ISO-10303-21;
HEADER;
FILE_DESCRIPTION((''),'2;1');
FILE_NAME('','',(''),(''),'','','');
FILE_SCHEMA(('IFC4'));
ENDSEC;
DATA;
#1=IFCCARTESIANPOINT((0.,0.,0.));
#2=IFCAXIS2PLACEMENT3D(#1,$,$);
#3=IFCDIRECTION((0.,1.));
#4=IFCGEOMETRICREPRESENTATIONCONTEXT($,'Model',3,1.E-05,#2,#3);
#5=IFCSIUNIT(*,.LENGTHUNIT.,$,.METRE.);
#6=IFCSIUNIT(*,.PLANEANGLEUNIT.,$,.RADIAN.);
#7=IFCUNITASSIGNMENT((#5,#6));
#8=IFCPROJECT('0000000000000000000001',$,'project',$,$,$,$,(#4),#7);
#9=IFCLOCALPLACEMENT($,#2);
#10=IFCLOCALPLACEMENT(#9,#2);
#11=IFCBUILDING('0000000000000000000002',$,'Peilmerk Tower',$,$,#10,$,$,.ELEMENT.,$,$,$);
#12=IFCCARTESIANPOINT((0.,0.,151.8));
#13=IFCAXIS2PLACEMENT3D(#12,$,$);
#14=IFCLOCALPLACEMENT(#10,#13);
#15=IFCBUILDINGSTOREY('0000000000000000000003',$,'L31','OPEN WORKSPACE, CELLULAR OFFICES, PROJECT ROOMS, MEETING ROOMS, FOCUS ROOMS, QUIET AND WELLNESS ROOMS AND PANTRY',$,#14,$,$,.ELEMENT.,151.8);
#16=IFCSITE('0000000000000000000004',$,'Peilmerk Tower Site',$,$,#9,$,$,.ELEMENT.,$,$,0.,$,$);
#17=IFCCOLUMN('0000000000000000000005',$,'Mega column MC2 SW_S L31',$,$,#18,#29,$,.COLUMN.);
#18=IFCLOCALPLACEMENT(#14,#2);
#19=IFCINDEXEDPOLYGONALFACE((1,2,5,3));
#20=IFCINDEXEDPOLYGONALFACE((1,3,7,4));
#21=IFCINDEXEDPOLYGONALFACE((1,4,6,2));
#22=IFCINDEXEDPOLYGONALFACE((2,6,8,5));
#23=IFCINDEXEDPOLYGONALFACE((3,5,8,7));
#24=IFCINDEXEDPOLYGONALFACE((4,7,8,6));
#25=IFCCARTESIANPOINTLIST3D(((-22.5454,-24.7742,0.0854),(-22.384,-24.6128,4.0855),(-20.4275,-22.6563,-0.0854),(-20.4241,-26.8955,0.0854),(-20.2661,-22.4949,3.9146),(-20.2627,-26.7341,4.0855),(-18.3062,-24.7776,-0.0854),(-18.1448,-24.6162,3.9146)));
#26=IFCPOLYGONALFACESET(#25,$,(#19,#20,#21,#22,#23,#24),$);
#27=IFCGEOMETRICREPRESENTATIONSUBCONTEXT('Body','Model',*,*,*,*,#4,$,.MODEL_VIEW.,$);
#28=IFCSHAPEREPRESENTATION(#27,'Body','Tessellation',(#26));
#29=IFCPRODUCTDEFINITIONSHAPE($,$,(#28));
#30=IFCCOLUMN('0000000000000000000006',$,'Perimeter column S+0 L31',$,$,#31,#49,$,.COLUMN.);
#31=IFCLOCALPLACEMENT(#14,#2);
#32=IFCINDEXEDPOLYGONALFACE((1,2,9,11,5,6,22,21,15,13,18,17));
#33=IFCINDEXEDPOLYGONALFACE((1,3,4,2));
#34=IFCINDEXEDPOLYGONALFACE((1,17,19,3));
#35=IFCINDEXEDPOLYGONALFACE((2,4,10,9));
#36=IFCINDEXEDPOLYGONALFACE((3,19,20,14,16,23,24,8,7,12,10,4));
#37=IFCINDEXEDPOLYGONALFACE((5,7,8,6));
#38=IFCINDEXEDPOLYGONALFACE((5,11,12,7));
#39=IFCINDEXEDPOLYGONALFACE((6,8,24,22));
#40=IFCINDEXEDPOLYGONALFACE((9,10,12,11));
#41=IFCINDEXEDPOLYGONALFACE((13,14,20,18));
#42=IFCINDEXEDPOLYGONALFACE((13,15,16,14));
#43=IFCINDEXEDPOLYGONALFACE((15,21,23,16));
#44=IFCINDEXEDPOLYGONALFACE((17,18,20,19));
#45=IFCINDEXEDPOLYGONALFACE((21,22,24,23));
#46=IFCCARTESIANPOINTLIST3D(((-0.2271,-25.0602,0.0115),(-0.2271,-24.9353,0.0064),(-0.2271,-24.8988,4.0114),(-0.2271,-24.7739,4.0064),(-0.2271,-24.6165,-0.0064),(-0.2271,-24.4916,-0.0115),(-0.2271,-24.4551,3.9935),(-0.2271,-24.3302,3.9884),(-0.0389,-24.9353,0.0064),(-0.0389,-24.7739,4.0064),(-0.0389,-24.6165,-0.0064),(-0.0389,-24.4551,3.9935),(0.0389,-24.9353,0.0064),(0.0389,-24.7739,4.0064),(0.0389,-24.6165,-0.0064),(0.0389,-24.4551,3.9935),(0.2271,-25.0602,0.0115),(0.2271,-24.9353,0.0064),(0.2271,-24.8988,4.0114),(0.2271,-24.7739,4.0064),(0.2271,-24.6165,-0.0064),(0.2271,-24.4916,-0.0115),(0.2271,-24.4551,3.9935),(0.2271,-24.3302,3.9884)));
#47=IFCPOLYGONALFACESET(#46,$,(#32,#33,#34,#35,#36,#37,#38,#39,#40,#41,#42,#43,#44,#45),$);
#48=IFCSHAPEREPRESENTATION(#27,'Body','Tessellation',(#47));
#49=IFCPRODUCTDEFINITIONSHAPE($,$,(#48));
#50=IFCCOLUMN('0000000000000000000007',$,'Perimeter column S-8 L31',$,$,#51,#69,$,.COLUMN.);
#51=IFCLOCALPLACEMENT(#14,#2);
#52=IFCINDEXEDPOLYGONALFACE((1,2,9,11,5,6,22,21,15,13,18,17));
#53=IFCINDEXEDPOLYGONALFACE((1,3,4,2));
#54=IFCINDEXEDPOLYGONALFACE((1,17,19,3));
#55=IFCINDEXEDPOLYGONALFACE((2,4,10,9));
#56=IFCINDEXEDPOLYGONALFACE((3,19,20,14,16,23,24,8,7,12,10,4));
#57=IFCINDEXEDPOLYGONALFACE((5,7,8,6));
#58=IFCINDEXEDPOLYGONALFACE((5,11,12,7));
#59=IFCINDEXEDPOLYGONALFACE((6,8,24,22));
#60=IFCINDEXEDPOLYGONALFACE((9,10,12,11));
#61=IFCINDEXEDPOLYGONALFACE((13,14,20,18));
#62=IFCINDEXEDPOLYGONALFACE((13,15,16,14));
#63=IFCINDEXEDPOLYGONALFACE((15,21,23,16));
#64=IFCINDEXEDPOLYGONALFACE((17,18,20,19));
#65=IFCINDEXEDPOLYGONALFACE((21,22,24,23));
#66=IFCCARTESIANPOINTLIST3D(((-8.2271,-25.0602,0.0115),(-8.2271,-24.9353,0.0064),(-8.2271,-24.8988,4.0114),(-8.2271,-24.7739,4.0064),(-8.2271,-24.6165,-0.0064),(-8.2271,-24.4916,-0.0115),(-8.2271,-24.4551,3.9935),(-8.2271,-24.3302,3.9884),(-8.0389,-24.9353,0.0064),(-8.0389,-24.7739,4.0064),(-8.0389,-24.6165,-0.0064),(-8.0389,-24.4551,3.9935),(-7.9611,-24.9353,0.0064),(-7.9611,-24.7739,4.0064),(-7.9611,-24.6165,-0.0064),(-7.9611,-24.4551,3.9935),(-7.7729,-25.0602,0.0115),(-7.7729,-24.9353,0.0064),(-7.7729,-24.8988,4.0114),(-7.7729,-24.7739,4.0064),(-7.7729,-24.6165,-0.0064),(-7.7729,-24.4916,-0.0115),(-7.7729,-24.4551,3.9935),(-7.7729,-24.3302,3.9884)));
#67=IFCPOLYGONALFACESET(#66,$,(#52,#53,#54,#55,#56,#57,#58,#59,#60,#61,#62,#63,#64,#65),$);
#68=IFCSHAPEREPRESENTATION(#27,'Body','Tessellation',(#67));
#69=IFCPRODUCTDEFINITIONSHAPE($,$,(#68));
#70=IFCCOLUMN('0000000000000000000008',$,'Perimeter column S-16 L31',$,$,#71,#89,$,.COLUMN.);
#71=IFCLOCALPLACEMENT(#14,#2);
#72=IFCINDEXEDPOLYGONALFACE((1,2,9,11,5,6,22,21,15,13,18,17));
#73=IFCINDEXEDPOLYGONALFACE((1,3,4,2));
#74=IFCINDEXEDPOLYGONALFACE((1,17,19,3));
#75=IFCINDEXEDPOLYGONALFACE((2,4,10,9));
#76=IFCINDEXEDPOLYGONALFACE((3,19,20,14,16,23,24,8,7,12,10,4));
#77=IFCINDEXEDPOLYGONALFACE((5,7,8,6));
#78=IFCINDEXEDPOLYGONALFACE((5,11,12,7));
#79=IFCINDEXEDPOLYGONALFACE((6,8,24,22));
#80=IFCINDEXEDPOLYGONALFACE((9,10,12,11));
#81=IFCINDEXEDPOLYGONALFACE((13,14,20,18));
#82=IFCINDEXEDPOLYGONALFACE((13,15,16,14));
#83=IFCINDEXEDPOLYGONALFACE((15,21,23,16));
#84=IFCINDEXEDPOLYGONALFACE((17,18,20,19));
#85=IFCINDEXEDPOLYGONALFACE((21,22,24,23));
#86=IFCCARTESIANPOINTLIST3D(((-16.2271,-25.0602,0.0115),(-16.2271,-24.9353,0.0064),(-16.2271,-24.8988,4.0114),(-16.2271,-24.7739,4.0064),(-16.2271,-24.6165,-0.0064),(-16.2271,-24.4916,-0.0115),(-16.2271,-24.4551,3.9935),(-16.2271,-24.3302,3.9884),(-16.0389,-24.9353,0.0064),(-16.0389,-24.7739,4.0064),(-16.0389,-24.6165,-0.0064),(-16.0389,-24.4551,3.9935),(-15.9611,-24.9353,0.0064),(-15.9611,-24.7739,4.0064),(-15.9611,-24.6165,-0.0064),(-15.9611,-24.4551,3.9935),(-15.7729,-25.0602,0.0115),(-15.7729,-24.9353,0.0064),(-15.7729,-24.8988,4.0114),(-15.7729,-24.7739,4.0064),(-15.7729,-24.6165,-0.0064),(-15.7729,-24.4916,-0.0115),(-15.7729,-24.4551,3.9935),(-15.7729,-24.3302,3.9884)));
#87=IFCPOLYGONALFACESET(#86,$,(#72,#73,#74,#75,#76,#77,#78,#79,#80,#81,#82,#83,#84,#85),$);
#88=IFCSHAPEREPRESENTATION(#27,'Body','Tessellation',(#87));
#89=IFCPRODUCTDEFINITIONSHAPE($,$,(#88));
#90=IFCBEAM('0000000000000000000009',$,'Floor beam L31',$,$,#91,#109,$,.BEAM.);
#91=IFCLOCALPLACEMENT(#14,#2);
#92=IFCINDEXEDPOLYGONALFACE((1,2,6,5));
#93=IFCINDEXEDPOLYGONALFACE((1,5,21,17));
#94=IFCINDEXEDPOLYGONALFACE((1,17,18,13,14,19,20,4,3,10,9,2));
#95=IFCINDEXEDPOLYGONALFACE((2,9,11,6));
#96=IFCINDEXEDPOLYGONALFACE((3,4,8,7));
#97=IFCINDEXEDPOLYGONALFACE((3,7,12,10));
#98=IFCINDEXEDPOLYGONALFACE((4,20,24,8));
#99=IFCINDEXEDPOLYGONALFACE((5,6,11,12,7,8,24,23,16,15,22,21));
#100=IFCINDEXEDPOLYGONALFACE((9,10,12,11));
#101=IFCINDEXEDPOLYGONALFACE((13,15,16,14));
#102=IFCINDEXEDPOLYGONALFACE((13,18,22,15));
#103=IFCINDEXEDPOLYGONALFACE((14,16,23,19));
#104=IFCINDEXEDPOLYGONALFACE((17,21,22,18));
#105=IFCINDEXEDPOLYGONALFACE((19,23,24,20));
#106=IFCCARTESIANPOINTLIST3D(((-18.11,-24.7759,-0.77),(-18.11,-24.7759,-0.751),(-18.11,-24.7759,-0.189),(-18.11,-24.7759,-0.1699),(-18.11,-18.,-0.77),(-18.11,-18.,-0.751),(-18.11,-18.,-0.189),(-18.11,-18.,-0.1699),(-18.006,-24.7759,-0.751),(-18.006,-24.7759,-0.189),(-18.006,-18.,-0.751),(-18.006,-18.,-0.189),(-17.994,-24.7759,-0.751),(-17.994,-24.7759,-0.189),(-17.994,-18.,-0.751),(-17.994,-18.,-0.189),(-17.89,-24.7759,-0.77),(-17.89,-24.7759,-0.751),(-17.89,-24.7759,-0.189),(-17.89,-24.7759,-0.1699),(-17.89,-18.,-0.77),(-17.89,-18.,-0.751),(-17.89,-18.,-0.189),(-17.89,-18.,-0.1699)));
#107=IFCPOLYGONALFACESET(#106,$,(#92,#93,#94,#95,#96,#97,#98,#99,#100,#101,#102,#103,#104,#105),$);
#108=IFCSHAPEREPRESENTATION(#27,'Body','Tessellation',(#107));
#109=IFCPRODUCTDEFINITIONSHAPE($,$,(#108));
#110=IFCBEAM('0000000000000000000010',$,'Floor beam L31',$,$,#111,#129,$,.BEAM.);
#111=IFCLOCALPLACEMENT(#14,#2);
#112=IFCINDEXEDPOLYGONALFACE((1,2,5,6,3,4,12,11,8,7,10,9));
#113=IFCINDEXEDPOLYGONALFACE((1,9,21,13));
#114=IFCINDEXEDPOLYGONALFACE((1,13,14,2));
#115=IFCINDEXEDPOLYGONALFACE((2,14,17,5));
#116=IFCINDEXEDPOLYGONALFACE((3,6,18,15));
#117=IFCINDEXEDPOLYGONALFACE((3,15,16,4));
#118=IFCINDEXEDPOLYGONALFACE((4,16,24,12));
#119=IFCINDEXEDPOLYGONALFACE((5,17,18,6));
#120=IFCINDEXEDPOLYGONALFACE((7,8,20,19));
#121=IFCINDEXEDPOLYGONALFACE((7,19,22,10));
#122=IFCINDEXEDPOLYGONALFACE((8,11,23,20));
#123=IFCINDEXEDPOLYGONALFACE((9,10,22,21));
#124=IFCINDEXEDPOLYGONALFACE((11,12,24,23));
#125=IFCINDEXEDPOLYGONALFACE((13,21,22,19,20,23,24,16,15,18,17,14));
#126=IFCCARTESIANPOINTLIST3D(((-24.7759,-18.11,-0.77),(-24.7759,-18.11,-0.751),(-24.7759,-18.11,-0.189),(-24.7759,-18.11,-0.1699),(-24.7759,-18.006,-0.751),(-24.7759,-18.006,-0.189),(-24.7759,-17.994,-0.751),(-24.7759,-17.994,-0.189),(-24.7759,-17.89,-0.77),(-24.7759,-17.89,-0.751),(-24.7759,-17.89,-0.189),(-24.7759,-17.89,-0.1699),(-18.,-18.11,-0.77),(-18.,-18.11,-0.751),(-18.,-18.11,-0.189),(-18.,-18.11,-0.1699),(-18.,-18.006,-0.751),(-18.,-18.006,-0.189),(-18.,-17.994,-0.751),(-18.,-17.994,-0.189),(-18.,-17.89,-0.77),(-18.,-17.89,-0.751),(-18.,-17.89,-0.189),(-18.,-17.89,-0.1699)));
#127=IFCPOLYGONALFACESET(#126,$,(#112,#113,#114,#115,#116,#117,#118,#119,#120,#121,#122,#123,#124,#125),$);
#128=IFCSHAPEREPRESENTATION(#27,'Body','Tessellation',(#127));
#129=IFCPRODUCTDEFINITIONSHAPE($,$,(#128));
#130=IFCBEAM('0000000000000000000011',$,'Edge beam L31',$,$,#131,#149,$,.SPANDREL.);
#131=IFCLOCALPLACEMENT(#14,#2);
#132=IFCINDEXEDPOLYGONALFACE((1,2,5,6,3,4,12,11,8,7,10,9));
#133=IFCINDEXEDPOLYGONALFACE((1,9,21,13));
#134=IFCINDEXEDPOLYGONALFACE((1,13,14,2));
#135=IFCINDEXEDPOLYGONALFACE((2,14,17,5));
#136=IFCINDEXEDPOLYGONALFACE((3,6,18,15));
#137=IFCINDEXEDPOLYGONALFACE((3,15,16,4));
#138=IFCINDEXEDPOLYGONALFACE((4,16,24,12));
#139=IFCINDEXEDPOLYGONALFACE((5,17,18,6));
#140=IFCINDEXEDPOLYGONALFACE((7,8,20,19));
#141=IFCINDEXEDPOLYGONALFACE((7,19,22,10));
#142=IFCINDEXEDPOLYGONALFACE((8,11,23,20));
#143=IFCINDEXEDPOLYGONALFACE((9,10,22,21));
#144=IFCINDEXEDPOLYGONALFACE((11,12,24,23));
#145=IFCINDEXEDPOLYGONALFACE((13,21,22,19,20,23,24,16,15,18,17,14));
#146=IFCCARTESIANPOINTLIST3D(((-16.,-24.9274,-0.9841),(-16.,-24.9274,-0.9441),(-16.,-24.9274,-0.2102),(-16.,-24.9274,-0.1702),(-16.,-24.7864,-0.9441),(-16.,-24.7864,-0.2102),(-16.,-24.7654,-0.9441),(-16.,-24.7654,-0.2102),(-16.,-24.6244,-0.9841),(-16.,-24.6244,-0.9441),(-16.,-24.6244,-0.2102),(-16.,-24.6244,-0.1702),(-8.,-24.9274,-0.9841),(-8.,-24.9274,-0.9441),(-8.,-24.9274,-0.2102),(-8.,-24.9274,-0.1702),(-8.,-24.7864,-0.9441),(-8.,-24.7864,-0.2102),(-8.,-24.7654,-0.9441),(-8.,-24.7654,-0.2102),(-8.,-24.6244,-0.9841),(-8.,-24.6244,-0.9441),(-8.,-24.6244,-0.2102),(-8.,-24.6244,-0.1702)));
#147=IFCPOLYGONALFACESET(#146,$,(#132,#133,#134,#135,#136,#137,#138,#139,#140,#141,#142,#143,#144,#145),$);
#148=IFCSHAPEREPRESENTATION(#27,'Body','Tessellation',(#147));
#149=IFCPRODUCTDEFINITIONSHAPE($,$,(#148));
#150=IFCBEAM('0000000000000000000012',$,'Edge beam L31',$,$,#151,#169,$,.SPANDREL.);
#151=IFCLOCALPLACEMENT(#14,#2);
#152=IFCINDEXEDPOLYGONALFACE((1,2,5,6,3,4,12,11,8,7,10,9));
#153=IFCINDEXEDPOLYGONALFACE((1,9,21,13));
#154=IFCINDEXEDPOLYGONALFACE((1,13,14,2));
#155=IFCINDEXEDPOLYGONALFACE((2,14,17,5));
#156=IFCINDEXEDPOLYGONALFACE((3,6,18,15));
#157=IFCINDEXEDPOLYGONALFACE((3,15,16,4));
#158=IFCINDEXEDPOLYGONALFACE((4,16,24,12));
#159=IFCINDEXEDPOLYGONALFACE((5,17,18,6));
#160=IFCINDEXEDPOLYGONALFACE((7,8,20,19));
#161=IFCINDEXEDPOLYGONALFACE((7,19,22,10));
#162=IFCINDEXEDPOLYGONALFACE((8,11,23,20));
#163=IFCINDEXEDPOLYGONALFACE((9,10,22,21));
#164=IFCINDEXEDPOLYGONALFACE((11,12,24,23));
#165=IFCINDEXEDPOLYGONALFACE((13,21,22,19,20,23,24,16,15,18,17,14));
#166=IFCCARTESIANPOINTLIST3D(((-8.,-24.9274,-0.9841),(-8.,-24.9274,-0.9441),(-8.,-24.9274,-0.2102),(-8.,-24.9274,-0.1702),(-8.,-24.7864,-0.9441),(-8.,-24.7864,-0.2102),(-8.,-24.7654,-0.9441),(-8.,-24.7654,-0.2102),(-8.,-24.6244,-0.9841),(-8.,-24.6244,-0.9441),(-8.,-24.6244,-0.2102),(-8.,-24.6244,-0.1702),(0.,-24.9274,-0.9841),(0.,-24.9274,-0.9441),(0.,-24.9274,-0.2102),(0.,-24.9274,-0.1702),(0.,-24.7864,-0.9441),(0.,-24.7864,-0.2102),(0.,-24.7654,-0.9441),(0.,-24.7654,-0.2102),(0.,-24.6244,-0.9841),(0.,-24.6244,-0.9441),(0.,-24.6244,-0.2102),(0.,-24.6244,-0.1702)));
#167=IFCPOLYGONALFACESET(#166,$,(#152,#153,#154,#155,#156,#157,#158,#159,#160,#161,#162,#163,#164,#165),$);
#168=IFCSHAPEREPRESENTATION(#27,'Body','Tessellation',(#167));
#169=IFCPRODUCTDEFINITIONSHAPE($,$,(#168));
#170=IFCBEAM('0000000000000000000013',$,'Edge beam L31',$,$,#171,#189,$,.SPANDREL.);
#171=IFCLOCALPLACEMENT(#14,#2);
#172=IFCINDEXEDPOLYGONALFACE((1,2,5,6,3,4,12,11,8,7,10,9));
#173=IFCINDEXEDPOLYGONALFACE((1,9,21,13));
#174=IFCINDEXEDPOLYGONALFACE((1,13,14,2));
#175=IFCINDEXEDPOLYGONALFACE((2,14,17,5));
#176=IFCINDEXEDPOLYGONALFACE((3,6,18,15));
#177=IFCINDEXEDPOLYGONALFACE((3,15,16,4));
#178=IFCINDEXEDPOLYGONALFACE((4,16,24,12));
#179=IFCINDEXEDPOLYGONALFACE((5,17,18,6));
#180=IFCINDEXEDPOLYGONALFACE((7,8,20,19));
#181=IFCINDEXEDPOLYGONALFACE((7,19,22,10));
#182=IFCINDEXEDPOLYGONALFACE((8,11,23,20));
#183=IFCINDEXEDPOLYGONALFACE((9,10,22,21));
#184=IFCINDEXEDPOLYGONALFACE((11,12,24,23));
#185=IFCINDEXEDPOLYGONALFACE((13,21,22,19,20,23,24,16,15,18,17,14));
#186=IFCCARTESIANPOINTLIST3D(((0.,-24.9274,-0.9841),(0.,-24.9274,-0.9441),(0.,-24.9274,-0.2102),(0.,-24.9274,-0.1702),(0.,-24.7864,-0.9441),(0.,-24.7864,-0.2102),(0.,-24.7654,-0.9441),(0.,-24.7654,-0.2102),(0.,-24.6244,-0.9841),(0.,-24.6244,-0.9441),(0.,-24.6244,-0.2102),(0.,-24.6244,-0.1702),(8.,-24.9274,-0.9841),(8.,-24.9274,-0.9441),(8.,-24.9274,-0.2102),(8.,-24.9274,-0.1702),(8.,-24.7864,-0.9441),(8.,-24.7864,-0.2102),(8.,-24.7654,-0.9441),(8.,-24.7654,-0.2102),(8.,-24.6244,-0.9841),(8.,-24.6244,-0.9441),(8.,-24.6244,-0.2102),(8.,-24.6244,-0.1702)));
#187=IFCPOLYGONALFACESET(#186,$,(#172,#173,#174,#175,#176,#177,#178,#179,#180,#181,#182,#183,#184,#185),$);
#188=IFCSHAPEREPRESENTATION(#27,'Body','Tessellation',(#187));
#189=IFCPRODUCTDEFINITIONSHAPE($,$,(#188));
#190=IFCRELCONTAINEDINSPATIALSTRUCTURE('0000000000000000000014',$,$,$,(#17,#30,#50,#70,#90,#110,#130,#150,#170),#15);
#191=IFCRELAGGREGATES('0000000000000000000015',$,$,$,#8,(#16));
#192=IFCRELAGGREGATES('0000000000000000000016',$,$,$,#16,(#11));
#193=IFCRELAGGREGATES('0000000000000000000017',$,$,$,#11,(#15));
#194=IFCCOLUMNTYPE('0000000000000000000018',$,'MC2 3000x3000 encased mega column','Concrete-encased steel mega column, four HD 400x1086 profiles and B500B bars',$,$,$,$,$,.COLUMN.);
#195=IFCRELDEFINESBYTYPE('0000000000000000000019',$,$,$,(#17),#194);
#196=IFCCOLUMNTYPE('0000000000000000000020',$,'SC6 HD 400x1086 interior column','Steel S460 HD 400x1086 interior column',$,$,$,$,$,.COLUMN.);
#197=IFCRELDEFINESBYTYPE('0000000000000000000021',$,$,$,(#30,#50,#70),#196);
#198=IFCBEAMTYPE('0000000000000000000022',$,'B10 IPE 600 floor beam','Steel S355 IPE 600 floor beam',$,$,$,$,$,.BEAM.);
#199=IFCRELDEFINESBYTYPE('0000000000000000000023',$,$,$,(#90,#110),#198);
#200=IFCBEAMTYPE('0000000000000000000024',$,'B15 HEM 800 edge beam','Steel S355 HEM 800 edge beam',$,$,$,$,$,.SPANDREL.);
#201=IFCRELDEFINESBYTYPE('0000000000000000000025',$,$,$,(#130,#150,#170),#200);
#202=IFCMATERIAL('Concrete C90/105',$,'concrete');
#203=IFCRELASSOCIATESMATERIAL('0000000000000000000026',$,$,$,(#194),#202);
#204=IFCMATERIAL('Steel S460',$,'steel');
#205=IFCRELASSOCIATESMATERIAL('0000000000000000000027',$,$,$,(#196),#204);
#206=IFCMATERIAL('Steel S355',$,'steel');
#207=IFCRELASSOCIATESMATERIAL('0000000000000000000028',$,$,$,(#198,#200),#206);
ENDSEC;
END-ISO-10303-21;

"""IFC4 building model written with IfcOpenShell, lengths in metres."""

from ifc_helpers import new_model, si_unit, direction, frame, origin, origin_2d, place, context, subcontext, project, spatial, rectangle, i_section, extrude, material, material_profile, profile_set, type_object, element, save


model = new_model("IFC4")

# Units and contexts
model_context = context("Model", 3, precision=1e-05, world=origin(), true_north=direction((0.0, 1.0)))
body_context = subcontext(model_context, "Body", "Model", "MODEL_VIEW")
ifc_project = project(units=[si_unit("LENGTHUNIT", "METRE"), si_unit("PLANEANGLEUNIT", "RADIAN")], contexts=[model_context])

# Site, building, storey
site_placement = place(None, origin())
site = spatial("IfcSite", under=ifc_project, at=site_placement, Name="Peilmerk Tower Site", CompositionType="ELEMENT", RefElevation=0.0)
building_placement = place(site_placement, origin())
building = spatial("IfcBuilding", under=site, at=building_placement, Name="Peilmerk Tower", CompositionType="ELEMENT")
storey_placement = place(building_placement, frame((0.0, 0.0, 151.8)))
storey = spatial("IfcBuildingStorey", under=building, at=storey_placement, Name="L31", Description="OPEN WORKSPACE, CELLULAR OFFICES, PROJECT ROOMS, MEETING ROOMS, FOCUS ROOMS, QUIET AND WELLNESS ROOMS AND PANTRY", CompositionType="ELEMENT", Elevation=151.8)

# Columns
ifc_material_1 = material(Name="Concrete C90/105", Category="concrete")
ifc_material_profile_1 = material_profile(ifc_material_1, rectangle(XDim=3.0, YDim=3.0, at=origin_2d()), Name="RC 3000x3000")
ifc_profile_set_1 = profile_set([ifc_material_profile_1], Name="Concrete C90/105")
column_type_1 = type_object("IfcColumnType", Name="MC2 3000x3000 encased mega column", Description="Concrete-encased steel mega column, four HD 400x1086 profiles and B500B bars", PredefinedType="COLUMN", material=ifc_profile_set_1)
column_placement = place(storey_placement, frame((-20.4258, -24.7759, 0.0), z_axis=(0.040279, 0.040279, 0.998376), x_axis=(-0.707107, 0.707107, 0.0)))
element("IfcColumn", 1, at=column_placement, inside=storey, type_object=column_type_1, Name="Mega column MC2 SW_S L31", PredefinedType="COLUMN", context=body_context, shape_type="SweptSolid", body=[
    extrude(rectangle(XDim=3.0, YDim=3.0, at=origin_2d()), origin(), (0.0, 0.0, 1.0), 4.0066),
])
ifc_material_2 = material(Name="Steel S460", Category="steel")
ifc_material_profile_2 = material_profile(ifc_material_2, i_section(OverallWidth=0.4541, OverallDepth=0.5691, WebThickness=0.0779, FlangeThickness=0.125, at=origin_2d()), Name="HD 400x1086")
ifc_profile_set_2 = profile_set([ifc_material_profile_2], Name="Steel S460")
column_type_2 = type_object("IfcColumnType", Name="SC6 HD 400x1086 interior column", Description="Steel S460 HD 400x1086 interior column", PredefinedType="COLUMN", material=ifc_profile_set_2)
for number, where, z_axis, x_axis, name in (
    (2, (0.0, -24.7759, 0.0), (0.0, 0.040311, 0.999187), (-1.0, 0.0, 0.0), "Perimeter column S+0 L31"),
    (3, (-8.0, -24.7759, 0.0), (0.0, 0.040311, 0.999187), (-1.0, 0.0, 0.0), "Perimeter column S-8 L31"),
    (4, (-16.0, -24.7759, 0.0), (0.0, 0.040311, 0.999187), (-1.0, 0.0, 0.0), "Perimeter column S-16 L31"),
):
    element("IfcColumn", number, at=place(storey_placement, frame(where, z_axis=z_axis, x_axis=x_axis)), inside=storey, type_object=column_type_2, Name=name, PredefinedType="COLUMN", context=body_context, shape_type="SweptSolid", body=[
        extrude(i_section(OverallWidth=0.4541, OverallDepth=0.5691, WebThickness=0.0779, FlangeThickness=0.125, at=origin_2d()), origin(), (0.0, 0.0, 1.0), 4.0032),
    ])

# Beams
ifc_material_3 = material(Name="Steel S355", Category="steel")
ifc_material_profile_3 = material_profile(ifc_material_3, i_section(OverallWidth=0.22, OverallDepth=0.6001, WebThickness=0.012, FlangeThickness=0.019, at=origin_2d()), Name="IPE 600")
ifc_profile_set_3 = profile_set([ifc_material_profile_3], Name="Steel S355")
beam_type_1 = type_object("IfcBeamType", Name="B10 IPE 600 floor beam", Description="Steel S355 IPE 600 floor beam", PredefinedType="BEAM", material=ifc_profile_set_3)
for number, where, z_axis, x_axis, name in (
    (5, (-18.0, -18.0, -0.47), (0.0, -1.0, 0.0), (1.0, 0.0, 0.0), "Floor beam L31"),
    (6, (-18.0, -18.0, -0.47), (-1.0, 0.0, 0.0), (0.0, -1.0, 0.0), "Floor beam L31"),
):
    element("IfcBeam", number, at=place(storey_placement, frame(where, z_axis=z_axis, x_axis=x_axis)), inside=storey, type_object=beam_type_1, Name=name, PredefinedType="BEAM", context=body_context, shape_type="SweptSolid", body=[
        extrude(i_section(OverallWidth=0.22, OverallDepth=0.6001, WebThickness=0.012, FlangeThickness=0.019, at=origin_2d()), origin(), (0.0, 0.0, 1.0), 6.7759),
    ])
ifc_material_profile_4 = material_profile(ifc_material_3, i_section(OverallWidth=0.303, OverallDepth=0.814, WebThickness=0.021, FlangeThickness=0.04, at=origin_2d()), Name="HEM 800")
ifc_profile_set_4 = profile_set([ifc_material_profile_4], Name="Steel S355")
beam_type_2 = type_object("IfcBeamType", Name="B15 HEM 800 edge beam", Description="Steel S355 HEM 800 edge beam", PredefinedType="SPANDREL", material=ifc_profile_set_4)
for number, where, z_axis, x_axis, name in (
    (7, (-16.0, -24.7759, -0.5771), (1.0, 0.0, 0.0), (0.0, 1.0, 0.0), "Edge beam L31"),
    (8, (-8.0, -24.7759, -0.5771), (1.0, 0.0, 0.0), (0.0, 1.0, 0.0), "Edge beam L31"),
    (9, (0.0, -24.7759, -0.5771), (1.0, 0.0, 0.0), (0.0, 1.0, 0.0), "Edge beam L31"),
):
    element("IfcBeam", number, at=place(storey_placement, frame(where, z_axis=z_axis, x_axis=x_axis)), inside=storey, type_object=beam_type_2, Name=name, PredefinedType="SPANDREL", context=body_context, shape_type="SweptSolid", body=[
        extrude(i_section(OverallWidth=0.303, OverallDepth=0.814, WebThickness=0.021, FlangeThickness=0.04, at=origin_2d()), origin(), (0.0, 0.0, 1.0), 8.0),
    ])

save(model, "model.ifc")
